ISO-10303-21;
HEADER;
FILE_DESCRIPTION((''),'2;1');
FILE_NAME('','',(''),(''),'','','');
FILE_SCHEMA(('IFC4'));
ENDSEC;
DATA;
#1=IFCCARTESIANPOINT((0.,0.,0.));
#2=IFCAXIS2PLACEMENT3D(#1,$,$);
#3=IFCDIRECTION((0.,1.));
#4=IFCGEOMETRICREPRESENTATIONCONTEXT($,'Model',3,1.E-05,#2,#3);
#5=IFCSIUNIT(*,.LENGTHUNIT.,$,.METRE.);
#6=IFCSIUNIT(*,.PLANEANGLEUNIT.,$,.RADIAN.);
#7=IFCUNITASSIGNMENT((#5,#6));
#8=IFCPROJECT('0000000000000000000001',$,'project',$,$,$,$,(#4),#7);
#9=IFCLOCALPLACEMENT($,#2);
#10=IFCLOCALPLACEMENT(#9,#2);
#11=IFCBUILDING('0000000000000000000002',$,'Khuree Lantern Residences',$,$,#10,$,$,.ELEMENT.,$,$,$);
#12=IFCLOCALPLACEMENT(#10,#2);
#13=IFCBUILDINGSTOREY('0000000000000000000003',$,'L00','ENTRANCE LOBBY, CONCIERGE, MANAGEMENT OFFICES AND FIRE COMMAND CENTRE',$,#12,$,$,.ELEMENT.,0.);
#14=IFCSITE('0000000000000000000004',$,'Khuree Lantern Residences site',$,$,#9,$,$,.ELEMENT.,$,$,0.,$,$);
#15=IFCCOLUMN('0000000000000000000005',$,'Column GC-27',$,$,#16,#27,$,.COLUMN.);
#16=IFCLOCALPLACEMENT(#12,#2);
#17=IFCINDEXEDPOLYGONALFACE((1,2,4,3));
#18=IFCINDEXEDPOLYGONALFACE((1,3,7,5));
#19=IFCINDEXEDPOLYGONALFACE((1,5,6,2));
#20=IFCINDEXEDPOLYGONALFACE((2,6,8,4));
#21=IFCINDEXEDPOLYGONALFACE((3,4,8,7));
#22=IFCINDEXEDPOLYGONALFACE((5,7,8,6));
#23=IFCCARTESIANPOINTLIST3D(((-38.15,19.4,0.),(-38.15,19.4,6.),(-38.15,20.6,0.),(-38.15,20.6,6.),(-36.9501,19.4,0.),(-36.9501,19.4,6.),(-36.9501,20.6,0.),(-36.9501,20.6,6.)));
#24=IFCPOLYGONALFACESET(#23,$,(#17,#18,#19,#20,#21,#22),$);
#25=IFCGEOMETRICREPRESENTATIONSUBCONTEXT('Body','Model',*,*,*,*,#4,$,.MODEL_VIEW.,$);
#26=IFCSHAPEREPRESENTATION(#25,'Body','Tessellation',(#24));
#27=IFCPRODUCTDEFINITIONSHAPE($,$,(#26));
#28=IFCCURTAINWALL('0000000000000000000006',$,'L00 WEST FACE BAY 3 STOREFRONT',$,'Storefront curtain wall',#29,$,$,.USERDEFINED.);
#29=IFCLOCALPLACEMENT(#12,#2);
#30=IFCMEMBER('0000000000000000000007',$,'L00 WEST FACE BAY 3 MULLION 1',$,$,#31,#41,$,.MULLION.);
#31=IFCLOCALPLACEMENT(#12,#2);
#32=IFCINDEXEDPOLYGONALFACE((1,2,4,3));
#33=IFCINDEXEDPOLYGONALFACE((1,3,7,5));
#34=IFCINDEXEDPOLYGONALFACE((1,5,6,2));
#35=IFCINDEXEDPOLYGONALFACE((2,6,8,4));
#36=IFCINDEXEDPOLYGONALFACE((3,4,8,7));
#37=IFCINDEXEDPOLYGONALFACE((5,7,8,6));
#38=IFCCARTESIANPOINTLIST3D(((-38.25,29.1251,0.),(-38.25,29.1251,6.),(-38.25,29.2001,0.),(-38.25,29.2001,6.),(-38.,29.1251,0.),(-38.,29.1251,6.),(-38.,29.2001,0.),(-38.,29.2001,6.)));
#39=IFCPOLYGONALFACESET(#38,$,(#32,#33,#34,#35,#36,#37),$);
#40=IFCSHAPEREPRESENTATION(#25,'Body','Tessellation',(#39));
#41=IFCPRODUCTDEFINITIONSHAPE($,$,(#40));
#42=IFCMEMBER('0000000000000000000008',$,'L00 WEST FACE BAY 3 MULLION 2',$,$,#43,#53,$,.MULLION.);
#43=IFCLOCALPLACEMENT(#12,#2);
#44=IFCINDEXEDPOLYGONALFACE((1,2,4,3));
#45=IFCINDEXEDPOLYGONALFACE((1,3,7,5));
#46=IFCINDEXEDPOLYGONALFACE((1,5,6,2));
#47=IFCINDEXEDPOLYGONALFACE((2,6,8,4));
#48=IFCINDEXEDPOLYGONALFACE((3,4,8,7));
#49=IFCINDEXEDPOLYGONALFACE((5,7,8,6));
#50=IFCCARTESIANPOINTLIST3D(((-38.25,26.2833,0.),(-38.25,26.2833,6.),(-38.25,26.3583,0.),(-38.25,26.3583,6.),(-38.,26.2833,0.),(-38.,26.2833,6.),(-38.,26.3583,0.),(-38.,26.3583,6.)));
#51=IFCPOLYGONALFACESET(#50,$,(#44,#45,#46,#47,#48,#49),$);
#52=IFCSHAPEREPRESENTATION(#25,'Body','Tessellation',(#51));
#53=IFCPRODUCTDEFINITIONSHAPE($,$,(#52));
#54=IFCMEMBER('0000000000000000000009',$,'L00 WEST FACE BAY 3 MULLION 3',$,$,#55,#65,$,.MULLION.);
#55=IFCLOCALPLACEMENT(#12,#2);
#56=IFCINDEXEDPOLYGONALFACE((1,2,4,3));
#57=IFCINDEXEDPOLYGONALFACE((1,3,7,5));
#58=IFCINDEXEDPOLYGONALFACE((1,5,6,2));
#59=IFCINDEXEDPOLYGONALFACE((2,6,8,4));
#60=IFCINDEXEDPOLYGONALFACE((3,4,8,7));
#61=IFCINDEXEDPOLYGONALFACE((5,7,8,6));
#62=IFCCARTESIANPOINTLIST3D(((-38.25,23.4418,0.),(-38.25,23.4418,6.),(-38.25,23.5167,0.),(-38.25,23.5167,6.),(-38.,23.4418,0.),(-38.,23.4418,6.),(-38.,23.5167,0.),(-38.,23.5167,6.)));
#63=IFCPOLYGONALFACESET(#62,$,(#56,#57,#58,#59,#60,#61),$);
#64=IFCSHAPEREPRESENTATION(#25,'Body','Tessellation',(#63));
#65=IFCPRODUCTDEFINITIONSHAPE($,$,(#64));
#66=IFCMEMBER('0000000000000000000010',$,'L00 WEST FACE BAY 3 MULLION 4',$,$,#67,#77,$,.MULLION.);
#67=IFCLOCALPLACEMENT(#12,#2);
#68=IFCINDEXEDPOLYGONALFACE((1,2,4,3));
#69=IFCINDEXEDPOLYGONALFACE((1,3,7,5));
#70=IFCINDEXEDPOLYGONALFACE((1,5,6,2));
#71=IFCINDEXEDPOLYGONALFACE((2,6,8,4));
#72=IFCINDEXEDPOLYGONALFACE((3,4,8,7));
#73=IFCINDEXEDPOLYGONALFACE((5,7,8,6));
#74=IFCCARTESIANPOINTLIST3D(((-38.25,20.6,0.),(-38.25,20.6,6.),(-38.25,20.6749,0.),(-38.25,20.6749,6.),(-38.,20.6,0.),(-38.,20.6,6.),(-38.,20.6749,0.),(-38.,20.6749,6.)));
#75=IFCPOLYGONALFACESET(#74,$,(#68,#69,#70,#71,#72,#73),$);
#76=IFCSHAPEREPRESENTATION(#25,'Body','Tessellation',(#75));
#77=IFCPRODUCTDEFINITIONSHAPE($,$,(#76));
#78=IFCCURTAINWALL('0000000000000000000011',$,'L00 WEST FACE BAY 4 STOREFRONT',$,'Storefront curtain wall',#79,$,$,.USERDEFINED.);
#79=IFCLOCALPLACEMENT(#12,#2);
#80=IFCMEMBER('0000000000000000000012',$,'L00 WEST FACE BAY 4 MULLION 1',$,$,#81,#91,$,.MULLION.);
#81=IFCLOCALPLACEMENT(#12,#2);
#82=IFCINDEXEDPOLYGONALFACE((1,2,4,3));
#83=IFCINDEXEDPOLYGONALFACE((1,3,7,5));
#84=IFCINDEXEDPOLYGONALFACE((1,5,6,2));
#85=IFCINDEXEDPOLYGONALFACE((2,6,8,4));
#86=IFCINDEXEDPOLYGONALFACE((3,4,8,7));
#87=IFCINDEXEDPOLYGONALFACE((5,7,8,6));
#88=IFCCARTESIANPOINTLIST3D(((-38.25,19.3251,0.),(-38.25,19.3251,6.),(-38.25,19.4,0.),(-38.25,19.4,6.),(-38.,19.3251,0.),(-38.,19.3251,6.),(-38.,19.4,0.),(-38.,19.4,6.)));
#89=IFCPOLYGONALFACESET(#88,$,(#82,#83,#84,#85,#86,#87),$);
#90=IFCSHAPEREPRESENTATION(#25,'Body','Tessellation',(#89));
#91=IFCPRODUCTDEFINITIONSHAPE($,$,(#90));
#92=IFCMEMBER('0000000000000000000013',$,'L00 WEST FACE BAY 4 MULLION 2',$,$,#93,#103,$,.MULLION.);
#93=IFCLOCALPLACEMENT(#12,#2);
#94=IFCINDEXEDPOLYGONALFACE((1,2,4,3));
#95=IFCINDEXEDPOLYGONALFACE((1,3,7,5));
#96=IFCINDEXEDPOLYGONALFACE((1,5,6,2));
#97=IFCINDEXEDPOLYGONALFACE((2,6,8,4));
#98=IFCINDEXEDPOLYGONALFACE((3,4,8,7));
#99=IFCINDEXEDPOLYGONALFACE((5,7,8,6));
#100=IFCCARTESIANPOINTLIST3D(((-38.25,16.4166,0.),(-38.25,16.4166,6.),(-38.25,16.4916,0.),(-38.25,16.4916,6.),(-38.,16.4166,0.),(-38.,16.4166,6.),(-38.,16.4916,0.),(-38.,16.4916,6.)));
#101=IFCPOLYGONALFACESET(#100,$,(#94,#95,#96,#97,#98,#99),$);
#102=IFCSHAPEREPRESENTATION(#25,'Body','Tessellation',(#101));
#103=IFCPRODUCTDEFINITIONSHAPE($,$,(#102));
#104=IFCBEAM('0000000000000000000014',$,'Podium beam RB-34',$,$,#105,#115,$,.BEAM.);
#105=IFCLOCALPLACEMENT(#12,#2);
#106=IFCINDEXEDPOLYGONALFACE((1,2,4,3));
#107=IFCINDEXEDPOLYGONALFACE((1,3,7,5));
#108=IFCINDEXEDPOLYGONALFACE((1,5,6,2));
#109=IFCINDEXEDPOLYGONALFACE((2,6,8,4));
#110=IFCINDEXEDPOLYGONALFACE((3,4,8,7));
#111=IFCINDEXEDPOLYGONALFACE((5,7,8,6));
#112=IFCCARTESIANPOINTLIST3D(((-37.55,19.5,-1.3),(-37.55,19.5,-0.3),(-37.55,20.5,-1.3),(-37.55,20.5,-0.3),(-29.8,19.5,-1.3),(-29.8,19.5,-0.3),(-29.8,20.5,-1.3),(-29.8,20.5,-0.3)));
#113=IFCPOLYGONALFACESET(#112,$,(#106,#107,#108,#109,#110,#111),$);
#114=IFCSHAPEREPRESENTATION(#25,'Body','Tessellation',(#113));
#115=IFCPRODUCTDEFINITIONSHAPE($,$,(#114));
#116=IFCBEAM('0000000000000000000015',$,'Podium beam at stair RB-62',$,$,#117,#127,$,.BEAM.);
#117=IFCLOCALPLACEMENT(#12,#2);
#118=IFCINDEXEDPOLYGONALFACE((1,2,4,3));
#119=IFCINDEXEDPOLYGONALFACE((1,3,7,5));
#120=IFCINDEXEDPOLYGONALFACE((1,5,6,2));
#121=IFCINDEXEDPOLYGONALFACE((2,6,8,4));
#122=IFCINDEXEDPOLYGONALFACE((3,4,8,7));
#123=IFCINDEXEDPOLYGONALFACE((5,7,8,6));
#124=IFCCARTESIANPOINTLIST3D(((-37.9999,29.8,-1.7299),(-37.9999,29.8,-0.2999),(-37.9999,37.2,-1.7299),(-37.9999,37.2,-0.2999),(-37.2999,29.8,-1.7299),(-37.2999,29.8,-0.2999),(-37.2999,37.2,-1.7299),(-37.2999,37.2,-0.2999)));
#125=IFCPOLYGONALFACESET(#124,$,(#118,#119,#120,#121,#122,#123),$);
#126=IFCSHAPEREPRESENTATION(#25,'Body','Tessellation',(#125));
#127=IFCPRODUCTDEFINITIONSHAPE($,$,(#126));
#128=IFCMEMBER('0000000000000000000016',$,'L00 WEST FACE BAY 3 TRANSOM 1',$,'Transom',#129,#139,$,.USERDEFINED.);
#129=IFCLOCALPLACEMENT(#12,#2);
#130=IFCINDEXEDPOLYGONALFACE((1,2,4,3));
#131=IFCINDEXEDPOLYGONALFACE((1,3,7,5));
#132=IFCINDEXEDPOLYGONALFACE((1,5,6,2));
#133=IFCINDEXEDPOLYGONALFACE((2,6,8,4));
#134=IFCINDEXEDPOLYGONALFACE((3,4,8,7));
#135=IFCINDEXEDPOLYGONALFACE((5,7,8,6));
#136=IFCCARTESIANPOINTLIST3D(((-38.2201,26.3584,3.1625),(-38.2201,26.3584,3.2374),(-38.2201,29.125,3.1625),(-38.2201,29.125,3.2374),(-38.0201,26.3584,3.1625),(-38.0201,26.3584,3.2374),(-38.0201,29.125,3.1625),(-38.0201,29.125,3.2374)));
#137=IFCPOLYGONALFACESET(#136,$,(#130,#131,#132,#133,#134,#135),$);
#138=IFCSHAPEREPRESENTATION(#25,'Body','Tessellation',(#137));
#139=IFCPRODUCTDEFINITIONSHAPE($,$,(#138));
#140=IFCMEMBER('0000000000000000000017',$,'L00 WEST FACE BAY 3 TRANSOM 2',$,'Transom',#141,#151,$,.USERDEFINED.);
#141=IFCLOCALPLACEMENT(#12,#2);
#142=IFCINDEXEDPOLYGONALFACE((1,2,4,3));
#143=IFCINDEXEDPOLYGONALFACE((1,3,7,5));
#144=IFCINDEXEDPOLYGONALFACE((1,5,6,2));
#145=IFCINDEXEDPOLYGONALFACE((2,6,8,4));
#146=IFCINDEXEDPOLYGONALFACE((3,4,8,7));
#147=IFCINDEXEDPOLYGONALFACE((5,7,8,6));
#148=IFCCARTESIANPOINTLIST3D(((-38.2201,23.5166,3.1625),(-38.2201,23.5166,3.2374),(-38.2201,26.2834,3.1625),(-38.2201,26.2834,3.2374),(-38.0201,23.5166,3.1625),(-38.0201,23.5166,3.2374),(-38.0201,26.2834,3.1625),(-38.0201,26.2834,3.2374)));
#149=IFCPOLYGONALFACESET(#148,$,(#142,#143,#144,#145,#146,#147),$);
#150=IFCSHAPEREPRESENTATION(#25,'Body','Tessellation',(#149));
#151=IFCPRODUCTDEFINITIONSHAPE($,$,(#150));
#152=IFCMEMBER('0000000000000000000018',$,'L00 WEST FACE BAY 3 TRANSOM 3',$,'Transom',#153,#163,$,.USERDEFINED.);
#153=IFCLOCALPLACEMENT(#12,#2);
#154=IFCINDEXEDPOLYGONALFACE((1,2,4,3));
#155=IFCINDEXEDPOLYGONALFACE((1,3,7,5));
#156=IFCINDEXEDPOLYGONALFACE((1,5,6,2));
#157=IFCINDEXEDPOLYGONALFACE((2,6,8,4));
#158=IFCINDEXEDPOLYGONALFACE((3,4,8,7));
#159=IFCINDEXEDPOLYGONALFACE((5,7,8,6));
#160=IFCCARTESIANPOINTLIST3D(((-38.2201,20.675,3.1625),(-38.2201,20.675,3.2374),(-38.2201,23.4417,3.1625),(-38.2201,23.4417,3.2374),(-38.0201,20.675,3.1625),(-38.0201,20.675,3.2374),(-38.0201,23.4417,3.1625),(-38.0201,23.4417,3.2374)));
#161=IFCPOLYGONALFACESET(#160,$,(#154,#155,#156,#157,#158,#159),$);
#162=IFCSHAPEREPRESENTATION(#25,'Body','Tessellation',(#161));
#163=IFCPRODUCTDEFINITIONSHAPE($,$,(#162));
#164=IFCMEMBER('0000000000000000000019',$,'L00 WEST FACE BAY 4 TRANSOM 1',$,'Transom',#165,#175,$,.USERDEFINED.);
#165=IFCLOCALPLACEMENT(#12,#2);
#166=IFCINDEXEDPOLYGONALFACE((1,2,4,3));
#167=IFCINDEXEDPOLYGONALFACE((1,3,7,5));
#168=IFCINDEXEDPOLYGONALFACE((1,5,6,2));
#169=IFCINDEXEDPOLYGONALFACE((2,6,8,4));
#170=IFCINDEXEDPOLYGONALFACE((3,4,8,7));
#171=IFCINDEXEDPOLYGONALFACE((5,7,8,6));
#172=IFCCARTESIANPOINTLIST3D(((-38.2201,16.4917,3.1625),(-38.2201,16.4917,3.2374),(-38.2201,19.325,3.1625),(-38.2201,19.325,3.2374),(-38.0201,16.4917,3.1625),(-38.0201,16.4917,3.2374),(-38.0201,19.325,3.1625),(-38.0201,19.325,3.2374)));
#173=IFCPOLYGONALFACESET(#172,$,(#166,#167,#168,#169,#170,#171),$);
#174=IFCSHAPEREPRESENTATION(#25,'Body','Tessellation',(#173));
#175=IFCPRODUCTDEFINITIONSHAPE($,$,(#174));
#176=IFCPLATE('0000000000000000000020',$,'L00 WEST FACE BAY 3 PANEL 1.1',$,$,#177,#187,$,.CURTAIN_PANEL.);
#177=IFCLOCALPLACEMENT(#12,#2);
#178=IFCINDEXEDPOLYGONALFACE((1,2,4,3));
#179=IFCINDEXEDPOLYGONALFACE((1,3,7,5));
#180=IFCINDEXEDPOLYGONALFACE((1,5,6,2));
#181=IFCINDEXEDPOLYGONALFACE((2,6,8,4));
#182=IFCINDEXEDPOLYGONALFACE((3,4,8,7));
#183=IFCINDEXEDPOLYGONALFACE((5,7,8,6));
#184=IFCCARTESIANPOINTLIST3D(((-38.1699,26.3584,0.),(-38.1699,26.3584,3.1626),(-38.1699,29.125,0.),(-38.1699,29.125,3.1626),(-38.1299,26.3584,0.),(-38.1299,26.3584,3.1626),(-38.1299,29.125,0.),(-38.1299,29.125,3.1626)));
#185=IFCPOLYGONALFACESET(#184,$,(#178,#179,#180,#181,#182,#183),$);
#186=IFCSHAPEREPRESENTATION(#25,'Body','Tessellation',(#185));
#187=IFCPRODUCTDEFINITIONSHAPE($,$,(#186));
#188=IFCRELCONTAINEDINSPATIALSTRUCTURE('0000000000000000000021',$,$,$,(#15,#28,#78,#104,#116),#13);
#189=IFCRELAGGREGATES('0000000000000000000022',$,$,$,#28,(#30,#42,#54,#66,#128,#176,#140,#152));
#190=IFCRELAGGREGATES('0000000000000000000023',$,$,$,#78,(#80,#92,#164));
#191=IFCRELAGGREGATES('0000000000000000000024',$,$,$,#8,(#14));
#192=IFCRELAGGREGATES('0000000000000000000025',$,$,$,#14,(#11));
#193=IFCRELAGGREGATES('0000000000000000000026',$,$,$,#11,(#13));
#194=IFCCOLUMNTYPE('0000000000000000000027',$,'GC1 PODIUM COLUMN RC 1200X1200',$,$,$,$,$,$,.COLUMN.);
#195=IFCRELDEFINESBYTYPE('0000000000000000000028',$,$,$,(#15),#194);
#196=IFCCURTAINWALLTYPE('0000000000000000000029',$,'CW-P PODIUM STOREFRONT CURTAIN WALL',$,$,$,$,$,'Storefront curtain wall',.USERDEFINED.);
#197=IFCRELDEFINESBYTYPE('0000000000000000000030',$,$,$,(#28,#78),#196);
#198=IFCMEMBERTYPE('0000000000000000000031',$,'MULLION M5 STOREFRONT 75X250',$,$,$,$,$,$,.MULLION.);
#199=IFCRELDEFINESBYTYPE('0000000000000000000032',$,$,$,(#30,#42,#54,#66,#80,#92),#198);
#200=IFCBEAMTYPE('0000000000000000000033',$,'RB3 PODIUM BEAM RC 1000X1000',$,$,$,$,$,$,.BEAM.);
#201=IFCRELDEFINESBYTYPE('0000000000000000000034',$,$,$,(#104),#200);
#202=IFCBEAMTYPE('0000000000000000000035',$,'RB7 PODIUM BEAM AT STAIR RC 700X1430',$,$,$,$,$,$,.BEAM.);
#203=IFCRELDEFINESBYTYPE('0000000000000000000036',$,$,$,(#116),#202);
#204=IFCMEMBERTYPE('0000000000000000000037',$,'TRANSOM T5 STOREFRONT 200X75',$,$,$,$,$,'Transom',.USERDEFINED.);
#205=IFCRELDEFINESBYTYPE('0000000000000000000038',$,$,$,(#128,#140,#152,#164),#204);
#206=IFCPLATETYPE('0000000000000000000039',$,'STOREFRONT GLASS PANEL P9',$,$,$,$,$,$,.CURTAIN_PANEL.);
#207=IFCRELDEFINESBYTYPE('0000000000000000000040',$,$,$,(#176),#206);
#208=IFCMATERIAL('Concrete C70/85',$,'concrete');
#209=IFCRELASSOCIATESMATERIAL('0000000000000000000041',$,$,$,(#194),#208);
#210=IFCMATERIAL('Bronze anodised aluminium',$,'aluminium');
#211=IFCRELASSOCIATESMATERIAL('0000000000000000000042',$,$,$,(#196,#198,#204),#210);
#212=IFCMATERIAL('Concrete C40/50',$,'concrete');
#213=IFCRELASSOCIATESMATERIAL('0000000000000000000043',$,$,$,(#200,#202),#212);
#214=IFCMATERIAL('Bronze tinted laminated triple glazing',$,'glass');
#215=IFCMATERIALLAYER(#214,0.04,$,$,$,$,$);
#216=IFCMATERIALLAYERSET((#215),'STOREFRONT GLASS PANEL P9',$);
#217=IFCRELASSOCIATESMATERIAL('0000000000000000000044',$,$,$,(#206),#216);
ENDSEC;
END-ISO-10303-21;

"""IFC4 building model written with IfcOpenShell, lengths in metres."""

from ifc_helpers import new_model, si_unit, direction, frame, origin, origin_2d, place, context, subcontext, project, spatial, rectangle, extrude, material, layer, layer_set, material_profile, profile_set, type_object, element, aggregate, save


model = new_model("IFC4")

# Units and contexts
model_context = context("Model", 3, precision=1e-05, world=origin(), true_north=direction((0.0, 1.0)))
body_context = subcontext(model_context, "Body", "Model", "MODEL_VIEW")
ifc_project = project(units=[si_unit("LENGTHUNIT", "METRE"), si_unit("PLANEANGLEUNIT", "RADIAN")], contexts=[model_context])

# Site, building, storey
site_placement = place(None, origin())
site = spatial("IfcSite", under=ifc_project, at=site_placement, Name="Khuree Lantern Residences site", CompositionType="ELEMENT", RefElevation=0.0)
building_placement = place(site_placement, origin())
building = spatial("IfcBuilding", under=site, at=building_placement, Name="Khuree Lantern Residences", CompositionType="ELEMENT")
storey_placement = place(building_placement, origin())
storey = spatial("IfcBuildingStorey", under=building, at=storey_placement, Name="L00", Description="ENTRANCE LOBBY, CONCIERGE, MANAGEMENT OFFICES AND FIRE COMMAND CENTRE", CompositionType="ELEMENT", Elevation=0.0)

# Column
ifc_material_1 = material(Name="Concrete C70/85", Category="concrete")
ifc_material_profile_1 = material_profile(ifc_material_1, rectangle(XDim=1.2, YDim=1.2, at=origin_2d()), Name="RC 1200X1200")
ifc_profile_set_1 = profile_set([ifc_material_profile_1], Name="Concrete C70/85")
column_type = type_object("IfcColumnType", Name="GC1 PODIUM COLUMN RC 1200X1200", PredefinedType="COLUMN", material=ifc_profile_set_1)
column_placement = place(storey_placement, frame((-37.55, 20.0, 0.0), z_axis=(0.0, 0.0, 1.0), x_axis=(1.0, 0.0, 0.0)))
element("IfcColumn", 1, at=column_placement, inside=storey, type_object=column_type, Name="Column GC-27", PredefinedType="COLUMN", context=body_context, shape_type="SweptSolid", body=[
    extrude(rectangle(XDim=1.2, YDim=1.2, at=origin_2d()), origin(), (0.0, 0.0, 1.0), 6.0),
])

# Curtain walls, members
ifc_material_2 = material(Name="Bronze anodised aluminium", Category="aluminium")
curtain_wall_type = type_object("IfcCurtainWallType", Name="CW-P PODIUM STOREFRONT CURTAIN WALL", ElementType="Storefront curtain wall", PredefinedType="USERDEFINED", material=ifc_material_2)
curtain_wall_1_placement = place(storey_placement, origin())
curtain_wall_1 = element("IfcCurtainWall", 2, at=curtain_wall_1_placement, inside=storey, type_object=curtain_wall_type, Name="L00 WEST FACE BAY 3 STOREFRONT", ObjectType="Storefront curtain wall", PredefinedType="USERDEFINED")
ifc_material_profile_2 = material_profile(ifc_material_2, rectangle(XDim=0.075, YDim=0.25, at=origin_2d()), Name="M5 75X250")
ifc_profile_set_2 = profile_set([ifc_material_profile_2], Name="Bronze anodised aluminium")
member_type_1 = type_object("IfcMemberType", Name="MULLION M5 STOREFRONT 75X250", PredefinedType="MULLION", material=ifc_profile_set_2)
member_1_placement = place(storey_placement, frame((-38.125, 29.1626, 0.0), z_axis=(0.0, 0.0, 1.0), x_axis=(0.0, -1.0, 0.0)))
member_1 = element("IfcMember", 3, at=member_1_placement, type_object=member_type_1, Name="L00 WEST FACE BAY 3 MULLION 1", PredefinedType="MULLION", context=body_context, shape_type="SweptSolid", body=[
    extrude(rectangle(XDim=0.075, YDim=0.25, at=origin_2d()), origin(), (0.0, 0.0, 1.0), 6.0),
])
member_2_placement = place(storey_placement, frame((-38.125, 26.3208, 0.0), z_axis=(0.0, 0.0, 1.0), x_axis=(0.0, -1.0, 0.0)))
member_2 = element("IfcMember", 4, at=member_2_placement, type_object=member_type_1, Name="L00 WEST FACE BAY 3 MULLION 2", PredefinedType="MULLION", context=body_context, shape_type="SweptSolid", body=[
    extrude(rectangle(XDim=0.075, YDim=0.25, at=origin_2d()), origin(), (0.0, 0.0, 1.0), 6.0),
])
member_3_placement = place(storey_placement, frame((-38.125, 23.4792, 0.0), z_axis=(0.0, 0.0, 1.0), x_axis=(0.0, -1.0, 0.0)))
member_3 = element("IfcMember", 5, at=member_3_placement, type_object=member_type_1, Name="L00 WEST FACE BAY 3 MULLION 3", PredefinedType="MULLION", context=body_context, shape_type="SweptSolid", body=[
    extrude(rectangle(XDim=0.075, YDim=0.25, at=origin_2d()), origin(), (0.0, 0.0, 1.0), 6.0),
])
member_4_placement = place(storey_placement, frame((-38.125, 20.6375, 0.0), z_axis=(0.0, 0.0, 1.0), x_axis=(0.0, -1.0, 0.0)))
member_4 = element("IfcMember", 6, at=member_4_placement, type_object=member_type_1, Name="L00 WEST FACE BAY 3 MULLION 4", PredefinedType="MULLION", context=body_context, shape_type="SweptSolid", body=[
    extrude(rectangle(XDim=0.075, YDim=0.25, at=origin_2d()), origin(), (0.0, 0.0, 1.0), 6.0),
])
curtain_wall_2_placement = place(storey_placement, origin())
curtain_wall_2 = element("IfcCurtainWall", 7, at=curtain_wall_2_placement, inside=storey, type_object=curtain_wall_type, Name="L00 WEST FACE BAY 4 STOREFRONT", ObjectType="Storefront curtain wall", PredefinedType="USERDEFINED")
member_5_placement = place(storey_placement, frame((-38.125, 19.3625, 0.0), z_axis=(0.0, 0.0, 1.0), x_axis=(0.0, -1.0, 0.0)))
member_5 = element("IfcMember", 8, at=member_5_placement, type_object=member_type_1, Name="L00 WEST FACE BAY 4 MULLION 1", PredefinedType="MULLION", context=body_context, shape_type="SweptSolid", body=[
    extrude(rectangle(XDim=0.075, YDim=0.25, at=origin_2d()), origin(), (0.0, 0.0, 1.0), 6.0),
])
member_6_placement = place(storey_placement, frame((-38.125, 16.4541, 0.0), z_axis=(0.0, 0.0, 1.0), x_axis=(0.0, -1.0, 0.0)))
member_6 = element("IfcMember", 9, at=member_6_placement, type_object=member_type_1, Name="L00 WEST FACE BAY 4 MULLION 2", PredefinedType="MULLION", context=body_context, shape_type="SweptSolid", body=[
    extrude(rectangle(XDim=0.075, YDim=0.25, at=origin_2d()), origin(), (0.0, 0.0, 1.0), 6.0),
])

# Beams
ifc_material_3 = material(Name="Concrete C40/50", Category="concrete")
ifc_material_profile_3 = material_profile(ifc_material_3, rectangle(XDim=1.0, YDim=1.0, at=origin_2d()), Name="RC 1000X1000")
ifc_profile_set_3 = profile_set([ifc_material_profile_3], Name="Concrete C40/50")
beam_type_1 = type_object("IfcBeamType", Name="RB3 PODIUM BEAM RC 1000X1000", PredefinedType="BEAM", material=ifc_profile_set_3)
beam_1_placement = place(storey_placement, frame((-37.55, 20.0, -0.8), z_axis=(1.0, 0.0, 0.0), x_axis=(0.0, 1.0, 0.0)))
element("IfcBeam", 10, at=beam_1_placement, inside=storey, type_object=beam_type_1, Name="Podium beam RB-34", PredefinedType="BEAM", context=body_context, shape_type="SweptSolid", body=[
    extrude(rectangle(XDim=1.0, YDim=1.0, at=origin_2d()), origin(), (0.0, 0.0, 1.0), 7.75),
])
ifc_material_profile_4 = material_profile(ifc_material_3, rectangle(XDim=0.7, YDim=1.4299, at=origin_2d()), Name="RC 700X1430")
ifc_profile_set_4 = profile_set([ifc_material_profile_4], Name="Concrete C40/50")
beam_type_2 = type_object("IfcBeamType", Name="RB7 PODIUM BEAM AT STAIR RC 700X1430", PredefinedType="BEAM", material=ifc_profile_set_4)
beam_2_placement = place(storey_placement, frame((-37.6499, 29.8, -1.0149), z_axis=(0.0, 1.0, 0.0), x_axis=(-1.0, 0.0, 0.0)))
element("IfcBeam", 11, at=beam_2_placement, inside=storey, type_object=beam_type_2, Name="Podium beam at stair RB-62", PredefinedType="BEAM", context=body_context, shape_type="SweptSolid", body=[
    extrude(rectangle(XDim=0.7, YDim=1.4299, at=origin_2d()), origin(), (0.0, 0.0, 1.0), 7.3999),
])

# Members
ifc_material_profile_5 = material_profile(ifc_material_2, rectangle(XDim=0.2, YDim=0.075, at=origin_2d()), Name="T5 200X75")
ifc_profile_set_5 = profile_set([ifc_material_profile_5], Name="Bronze anodised aluminium")
member_type_2 = type_object("IfcMemberType", Name="TRANSOM T5 STOREFRONT 200X75", ElementType="Transom", PredefinedType="USERDEFINED", material=ifc_profile_set_5)
member_7_placement = place(storey_placement, frame((-38.1201, 29.125, 3.2), z_axis=(0.0, -1.0, 0.0), x_axis=(1.0, 0.0, 0.0)))
member_7 = element("IfcMember", 12, at=member_7_placement, type_object=member_type_2, Name="L00 WEST FACE BAY 3 TRANSOM 1", ObjectType="Transom", PredefinedType="USERDEFINED", context=body_context, shape_type="SweptSolid", body=[
    extrude(rectangle(XDim=0.2, YDim=0.075, at=origin_2d()), origin(), (0.0, 0.0, 1.0), 2.7666),
])
member_8_placement = place(storey_placement, frame((-38.1201, 26.2834, 3.2), z_axis=(0.0, -1.0, 0.0), x_axis=(1.0, 0.0, 0.0)))
member_8 = element("IfcMember", 13, at=member_8_placement, type_object=member_type_2, Name="L00 WEST FACE BAY 3 TRANSOM 2", ObjectType="Transom", PredefinedType="USERDEFINED", context=body_context, shape_type="SweptSolid", body=[
    extrude(rectangle(XDim=0.2, YDim=0.075, at=origin_2d()), origin(), (0.0, 0.0, 1.0), 2.7668),
])
member_9_placement = place(storey_placement, frame((-38.1201, 23.4417, 3.2), z_axis=(0.0, -1.0, 0.0), x_axis=(1.0, 0.0, 0.0)))
member_9 = element("IfcMember", 14, at=member_9_placement, type_object=member_type_2, Name="L00 WEST FACE BAY 3 TRANSOM 3", ObjectType="Transom", PredefinedType="USERDEFINED", context=body_context, shape_type="SweptSolid", body=[
    extrude(rectangle(XDim=0.2, YDim=0.075, at=origin_2d()), origin(), (0.0, 0.0, 1.0), 2.7666),
])
member_10_placement = place(storey_placement, frame((-38.1201, 19.325, 3.2), z_axis=(0.0, -1.0, 0.0), x_axis=(1.0, 0.0, 0.0)))
member_10 = element("IfcMember", 15, at=member_10_placement, type_object=member_type_2, Name="L00 WEST FACE BAY 4 TRANSOM 1", ObjectType="Transom", PredefinedType="USERDEFINED", context=body_context, shape_type="SweptSolid", body=[
    extrude(rectangle(XDim=0.2, YDim=0.075, at=origin_2d()), origin(), (0.0, 0.0, 1.0), 2.8333),
])

# Plate
ifc_material_4 = material(Name="Bronze tinted laminated triple glazing", Category="glass")
ifc_layer_1 = layer(ifc_material_4, 0.04)
ifc_layer_set_1 = layer_set([ifc_layer_1], Name="STOREFRONT GLASS PANEL P9")
plate_type = type_object("IfcPlateType", Name="STOREFRONT GLASS PANEL P9", PredefinedType="CURTAIN_PANEL", material=ifc_layer_set_1)
plate_1_placement = place(storey_placement, frame((-38.1499, 27.7417, 0.0), z_axis=(0.0, 0.0, 1.0), x_axis=(0.0, -1.0, 0.0)))
plate_1 = element("IfcPlate", 16, at=plate_1_placement, type_object=plate_type, Name="L00 WEST FACE BAY 3 PANEL 1.1", PredefinedType="CURTAIN_PANEL", context=body_context, shape_type="SweptSolid", body=[
    extrude(rectangle(XDim=2.7666, YDim=0.04, at=origin_2d()), origin(), (0.0, 0.0, 1.0), 3.1626),
])
aggregate(curtain_wall_1, [member_1, member_2, member_3, member_4, member_7, plate_1, member_8, member_9])
aggregate(curtain_wall_2, [member_5, member_6, member_10])

save(model, "model.ifc")
